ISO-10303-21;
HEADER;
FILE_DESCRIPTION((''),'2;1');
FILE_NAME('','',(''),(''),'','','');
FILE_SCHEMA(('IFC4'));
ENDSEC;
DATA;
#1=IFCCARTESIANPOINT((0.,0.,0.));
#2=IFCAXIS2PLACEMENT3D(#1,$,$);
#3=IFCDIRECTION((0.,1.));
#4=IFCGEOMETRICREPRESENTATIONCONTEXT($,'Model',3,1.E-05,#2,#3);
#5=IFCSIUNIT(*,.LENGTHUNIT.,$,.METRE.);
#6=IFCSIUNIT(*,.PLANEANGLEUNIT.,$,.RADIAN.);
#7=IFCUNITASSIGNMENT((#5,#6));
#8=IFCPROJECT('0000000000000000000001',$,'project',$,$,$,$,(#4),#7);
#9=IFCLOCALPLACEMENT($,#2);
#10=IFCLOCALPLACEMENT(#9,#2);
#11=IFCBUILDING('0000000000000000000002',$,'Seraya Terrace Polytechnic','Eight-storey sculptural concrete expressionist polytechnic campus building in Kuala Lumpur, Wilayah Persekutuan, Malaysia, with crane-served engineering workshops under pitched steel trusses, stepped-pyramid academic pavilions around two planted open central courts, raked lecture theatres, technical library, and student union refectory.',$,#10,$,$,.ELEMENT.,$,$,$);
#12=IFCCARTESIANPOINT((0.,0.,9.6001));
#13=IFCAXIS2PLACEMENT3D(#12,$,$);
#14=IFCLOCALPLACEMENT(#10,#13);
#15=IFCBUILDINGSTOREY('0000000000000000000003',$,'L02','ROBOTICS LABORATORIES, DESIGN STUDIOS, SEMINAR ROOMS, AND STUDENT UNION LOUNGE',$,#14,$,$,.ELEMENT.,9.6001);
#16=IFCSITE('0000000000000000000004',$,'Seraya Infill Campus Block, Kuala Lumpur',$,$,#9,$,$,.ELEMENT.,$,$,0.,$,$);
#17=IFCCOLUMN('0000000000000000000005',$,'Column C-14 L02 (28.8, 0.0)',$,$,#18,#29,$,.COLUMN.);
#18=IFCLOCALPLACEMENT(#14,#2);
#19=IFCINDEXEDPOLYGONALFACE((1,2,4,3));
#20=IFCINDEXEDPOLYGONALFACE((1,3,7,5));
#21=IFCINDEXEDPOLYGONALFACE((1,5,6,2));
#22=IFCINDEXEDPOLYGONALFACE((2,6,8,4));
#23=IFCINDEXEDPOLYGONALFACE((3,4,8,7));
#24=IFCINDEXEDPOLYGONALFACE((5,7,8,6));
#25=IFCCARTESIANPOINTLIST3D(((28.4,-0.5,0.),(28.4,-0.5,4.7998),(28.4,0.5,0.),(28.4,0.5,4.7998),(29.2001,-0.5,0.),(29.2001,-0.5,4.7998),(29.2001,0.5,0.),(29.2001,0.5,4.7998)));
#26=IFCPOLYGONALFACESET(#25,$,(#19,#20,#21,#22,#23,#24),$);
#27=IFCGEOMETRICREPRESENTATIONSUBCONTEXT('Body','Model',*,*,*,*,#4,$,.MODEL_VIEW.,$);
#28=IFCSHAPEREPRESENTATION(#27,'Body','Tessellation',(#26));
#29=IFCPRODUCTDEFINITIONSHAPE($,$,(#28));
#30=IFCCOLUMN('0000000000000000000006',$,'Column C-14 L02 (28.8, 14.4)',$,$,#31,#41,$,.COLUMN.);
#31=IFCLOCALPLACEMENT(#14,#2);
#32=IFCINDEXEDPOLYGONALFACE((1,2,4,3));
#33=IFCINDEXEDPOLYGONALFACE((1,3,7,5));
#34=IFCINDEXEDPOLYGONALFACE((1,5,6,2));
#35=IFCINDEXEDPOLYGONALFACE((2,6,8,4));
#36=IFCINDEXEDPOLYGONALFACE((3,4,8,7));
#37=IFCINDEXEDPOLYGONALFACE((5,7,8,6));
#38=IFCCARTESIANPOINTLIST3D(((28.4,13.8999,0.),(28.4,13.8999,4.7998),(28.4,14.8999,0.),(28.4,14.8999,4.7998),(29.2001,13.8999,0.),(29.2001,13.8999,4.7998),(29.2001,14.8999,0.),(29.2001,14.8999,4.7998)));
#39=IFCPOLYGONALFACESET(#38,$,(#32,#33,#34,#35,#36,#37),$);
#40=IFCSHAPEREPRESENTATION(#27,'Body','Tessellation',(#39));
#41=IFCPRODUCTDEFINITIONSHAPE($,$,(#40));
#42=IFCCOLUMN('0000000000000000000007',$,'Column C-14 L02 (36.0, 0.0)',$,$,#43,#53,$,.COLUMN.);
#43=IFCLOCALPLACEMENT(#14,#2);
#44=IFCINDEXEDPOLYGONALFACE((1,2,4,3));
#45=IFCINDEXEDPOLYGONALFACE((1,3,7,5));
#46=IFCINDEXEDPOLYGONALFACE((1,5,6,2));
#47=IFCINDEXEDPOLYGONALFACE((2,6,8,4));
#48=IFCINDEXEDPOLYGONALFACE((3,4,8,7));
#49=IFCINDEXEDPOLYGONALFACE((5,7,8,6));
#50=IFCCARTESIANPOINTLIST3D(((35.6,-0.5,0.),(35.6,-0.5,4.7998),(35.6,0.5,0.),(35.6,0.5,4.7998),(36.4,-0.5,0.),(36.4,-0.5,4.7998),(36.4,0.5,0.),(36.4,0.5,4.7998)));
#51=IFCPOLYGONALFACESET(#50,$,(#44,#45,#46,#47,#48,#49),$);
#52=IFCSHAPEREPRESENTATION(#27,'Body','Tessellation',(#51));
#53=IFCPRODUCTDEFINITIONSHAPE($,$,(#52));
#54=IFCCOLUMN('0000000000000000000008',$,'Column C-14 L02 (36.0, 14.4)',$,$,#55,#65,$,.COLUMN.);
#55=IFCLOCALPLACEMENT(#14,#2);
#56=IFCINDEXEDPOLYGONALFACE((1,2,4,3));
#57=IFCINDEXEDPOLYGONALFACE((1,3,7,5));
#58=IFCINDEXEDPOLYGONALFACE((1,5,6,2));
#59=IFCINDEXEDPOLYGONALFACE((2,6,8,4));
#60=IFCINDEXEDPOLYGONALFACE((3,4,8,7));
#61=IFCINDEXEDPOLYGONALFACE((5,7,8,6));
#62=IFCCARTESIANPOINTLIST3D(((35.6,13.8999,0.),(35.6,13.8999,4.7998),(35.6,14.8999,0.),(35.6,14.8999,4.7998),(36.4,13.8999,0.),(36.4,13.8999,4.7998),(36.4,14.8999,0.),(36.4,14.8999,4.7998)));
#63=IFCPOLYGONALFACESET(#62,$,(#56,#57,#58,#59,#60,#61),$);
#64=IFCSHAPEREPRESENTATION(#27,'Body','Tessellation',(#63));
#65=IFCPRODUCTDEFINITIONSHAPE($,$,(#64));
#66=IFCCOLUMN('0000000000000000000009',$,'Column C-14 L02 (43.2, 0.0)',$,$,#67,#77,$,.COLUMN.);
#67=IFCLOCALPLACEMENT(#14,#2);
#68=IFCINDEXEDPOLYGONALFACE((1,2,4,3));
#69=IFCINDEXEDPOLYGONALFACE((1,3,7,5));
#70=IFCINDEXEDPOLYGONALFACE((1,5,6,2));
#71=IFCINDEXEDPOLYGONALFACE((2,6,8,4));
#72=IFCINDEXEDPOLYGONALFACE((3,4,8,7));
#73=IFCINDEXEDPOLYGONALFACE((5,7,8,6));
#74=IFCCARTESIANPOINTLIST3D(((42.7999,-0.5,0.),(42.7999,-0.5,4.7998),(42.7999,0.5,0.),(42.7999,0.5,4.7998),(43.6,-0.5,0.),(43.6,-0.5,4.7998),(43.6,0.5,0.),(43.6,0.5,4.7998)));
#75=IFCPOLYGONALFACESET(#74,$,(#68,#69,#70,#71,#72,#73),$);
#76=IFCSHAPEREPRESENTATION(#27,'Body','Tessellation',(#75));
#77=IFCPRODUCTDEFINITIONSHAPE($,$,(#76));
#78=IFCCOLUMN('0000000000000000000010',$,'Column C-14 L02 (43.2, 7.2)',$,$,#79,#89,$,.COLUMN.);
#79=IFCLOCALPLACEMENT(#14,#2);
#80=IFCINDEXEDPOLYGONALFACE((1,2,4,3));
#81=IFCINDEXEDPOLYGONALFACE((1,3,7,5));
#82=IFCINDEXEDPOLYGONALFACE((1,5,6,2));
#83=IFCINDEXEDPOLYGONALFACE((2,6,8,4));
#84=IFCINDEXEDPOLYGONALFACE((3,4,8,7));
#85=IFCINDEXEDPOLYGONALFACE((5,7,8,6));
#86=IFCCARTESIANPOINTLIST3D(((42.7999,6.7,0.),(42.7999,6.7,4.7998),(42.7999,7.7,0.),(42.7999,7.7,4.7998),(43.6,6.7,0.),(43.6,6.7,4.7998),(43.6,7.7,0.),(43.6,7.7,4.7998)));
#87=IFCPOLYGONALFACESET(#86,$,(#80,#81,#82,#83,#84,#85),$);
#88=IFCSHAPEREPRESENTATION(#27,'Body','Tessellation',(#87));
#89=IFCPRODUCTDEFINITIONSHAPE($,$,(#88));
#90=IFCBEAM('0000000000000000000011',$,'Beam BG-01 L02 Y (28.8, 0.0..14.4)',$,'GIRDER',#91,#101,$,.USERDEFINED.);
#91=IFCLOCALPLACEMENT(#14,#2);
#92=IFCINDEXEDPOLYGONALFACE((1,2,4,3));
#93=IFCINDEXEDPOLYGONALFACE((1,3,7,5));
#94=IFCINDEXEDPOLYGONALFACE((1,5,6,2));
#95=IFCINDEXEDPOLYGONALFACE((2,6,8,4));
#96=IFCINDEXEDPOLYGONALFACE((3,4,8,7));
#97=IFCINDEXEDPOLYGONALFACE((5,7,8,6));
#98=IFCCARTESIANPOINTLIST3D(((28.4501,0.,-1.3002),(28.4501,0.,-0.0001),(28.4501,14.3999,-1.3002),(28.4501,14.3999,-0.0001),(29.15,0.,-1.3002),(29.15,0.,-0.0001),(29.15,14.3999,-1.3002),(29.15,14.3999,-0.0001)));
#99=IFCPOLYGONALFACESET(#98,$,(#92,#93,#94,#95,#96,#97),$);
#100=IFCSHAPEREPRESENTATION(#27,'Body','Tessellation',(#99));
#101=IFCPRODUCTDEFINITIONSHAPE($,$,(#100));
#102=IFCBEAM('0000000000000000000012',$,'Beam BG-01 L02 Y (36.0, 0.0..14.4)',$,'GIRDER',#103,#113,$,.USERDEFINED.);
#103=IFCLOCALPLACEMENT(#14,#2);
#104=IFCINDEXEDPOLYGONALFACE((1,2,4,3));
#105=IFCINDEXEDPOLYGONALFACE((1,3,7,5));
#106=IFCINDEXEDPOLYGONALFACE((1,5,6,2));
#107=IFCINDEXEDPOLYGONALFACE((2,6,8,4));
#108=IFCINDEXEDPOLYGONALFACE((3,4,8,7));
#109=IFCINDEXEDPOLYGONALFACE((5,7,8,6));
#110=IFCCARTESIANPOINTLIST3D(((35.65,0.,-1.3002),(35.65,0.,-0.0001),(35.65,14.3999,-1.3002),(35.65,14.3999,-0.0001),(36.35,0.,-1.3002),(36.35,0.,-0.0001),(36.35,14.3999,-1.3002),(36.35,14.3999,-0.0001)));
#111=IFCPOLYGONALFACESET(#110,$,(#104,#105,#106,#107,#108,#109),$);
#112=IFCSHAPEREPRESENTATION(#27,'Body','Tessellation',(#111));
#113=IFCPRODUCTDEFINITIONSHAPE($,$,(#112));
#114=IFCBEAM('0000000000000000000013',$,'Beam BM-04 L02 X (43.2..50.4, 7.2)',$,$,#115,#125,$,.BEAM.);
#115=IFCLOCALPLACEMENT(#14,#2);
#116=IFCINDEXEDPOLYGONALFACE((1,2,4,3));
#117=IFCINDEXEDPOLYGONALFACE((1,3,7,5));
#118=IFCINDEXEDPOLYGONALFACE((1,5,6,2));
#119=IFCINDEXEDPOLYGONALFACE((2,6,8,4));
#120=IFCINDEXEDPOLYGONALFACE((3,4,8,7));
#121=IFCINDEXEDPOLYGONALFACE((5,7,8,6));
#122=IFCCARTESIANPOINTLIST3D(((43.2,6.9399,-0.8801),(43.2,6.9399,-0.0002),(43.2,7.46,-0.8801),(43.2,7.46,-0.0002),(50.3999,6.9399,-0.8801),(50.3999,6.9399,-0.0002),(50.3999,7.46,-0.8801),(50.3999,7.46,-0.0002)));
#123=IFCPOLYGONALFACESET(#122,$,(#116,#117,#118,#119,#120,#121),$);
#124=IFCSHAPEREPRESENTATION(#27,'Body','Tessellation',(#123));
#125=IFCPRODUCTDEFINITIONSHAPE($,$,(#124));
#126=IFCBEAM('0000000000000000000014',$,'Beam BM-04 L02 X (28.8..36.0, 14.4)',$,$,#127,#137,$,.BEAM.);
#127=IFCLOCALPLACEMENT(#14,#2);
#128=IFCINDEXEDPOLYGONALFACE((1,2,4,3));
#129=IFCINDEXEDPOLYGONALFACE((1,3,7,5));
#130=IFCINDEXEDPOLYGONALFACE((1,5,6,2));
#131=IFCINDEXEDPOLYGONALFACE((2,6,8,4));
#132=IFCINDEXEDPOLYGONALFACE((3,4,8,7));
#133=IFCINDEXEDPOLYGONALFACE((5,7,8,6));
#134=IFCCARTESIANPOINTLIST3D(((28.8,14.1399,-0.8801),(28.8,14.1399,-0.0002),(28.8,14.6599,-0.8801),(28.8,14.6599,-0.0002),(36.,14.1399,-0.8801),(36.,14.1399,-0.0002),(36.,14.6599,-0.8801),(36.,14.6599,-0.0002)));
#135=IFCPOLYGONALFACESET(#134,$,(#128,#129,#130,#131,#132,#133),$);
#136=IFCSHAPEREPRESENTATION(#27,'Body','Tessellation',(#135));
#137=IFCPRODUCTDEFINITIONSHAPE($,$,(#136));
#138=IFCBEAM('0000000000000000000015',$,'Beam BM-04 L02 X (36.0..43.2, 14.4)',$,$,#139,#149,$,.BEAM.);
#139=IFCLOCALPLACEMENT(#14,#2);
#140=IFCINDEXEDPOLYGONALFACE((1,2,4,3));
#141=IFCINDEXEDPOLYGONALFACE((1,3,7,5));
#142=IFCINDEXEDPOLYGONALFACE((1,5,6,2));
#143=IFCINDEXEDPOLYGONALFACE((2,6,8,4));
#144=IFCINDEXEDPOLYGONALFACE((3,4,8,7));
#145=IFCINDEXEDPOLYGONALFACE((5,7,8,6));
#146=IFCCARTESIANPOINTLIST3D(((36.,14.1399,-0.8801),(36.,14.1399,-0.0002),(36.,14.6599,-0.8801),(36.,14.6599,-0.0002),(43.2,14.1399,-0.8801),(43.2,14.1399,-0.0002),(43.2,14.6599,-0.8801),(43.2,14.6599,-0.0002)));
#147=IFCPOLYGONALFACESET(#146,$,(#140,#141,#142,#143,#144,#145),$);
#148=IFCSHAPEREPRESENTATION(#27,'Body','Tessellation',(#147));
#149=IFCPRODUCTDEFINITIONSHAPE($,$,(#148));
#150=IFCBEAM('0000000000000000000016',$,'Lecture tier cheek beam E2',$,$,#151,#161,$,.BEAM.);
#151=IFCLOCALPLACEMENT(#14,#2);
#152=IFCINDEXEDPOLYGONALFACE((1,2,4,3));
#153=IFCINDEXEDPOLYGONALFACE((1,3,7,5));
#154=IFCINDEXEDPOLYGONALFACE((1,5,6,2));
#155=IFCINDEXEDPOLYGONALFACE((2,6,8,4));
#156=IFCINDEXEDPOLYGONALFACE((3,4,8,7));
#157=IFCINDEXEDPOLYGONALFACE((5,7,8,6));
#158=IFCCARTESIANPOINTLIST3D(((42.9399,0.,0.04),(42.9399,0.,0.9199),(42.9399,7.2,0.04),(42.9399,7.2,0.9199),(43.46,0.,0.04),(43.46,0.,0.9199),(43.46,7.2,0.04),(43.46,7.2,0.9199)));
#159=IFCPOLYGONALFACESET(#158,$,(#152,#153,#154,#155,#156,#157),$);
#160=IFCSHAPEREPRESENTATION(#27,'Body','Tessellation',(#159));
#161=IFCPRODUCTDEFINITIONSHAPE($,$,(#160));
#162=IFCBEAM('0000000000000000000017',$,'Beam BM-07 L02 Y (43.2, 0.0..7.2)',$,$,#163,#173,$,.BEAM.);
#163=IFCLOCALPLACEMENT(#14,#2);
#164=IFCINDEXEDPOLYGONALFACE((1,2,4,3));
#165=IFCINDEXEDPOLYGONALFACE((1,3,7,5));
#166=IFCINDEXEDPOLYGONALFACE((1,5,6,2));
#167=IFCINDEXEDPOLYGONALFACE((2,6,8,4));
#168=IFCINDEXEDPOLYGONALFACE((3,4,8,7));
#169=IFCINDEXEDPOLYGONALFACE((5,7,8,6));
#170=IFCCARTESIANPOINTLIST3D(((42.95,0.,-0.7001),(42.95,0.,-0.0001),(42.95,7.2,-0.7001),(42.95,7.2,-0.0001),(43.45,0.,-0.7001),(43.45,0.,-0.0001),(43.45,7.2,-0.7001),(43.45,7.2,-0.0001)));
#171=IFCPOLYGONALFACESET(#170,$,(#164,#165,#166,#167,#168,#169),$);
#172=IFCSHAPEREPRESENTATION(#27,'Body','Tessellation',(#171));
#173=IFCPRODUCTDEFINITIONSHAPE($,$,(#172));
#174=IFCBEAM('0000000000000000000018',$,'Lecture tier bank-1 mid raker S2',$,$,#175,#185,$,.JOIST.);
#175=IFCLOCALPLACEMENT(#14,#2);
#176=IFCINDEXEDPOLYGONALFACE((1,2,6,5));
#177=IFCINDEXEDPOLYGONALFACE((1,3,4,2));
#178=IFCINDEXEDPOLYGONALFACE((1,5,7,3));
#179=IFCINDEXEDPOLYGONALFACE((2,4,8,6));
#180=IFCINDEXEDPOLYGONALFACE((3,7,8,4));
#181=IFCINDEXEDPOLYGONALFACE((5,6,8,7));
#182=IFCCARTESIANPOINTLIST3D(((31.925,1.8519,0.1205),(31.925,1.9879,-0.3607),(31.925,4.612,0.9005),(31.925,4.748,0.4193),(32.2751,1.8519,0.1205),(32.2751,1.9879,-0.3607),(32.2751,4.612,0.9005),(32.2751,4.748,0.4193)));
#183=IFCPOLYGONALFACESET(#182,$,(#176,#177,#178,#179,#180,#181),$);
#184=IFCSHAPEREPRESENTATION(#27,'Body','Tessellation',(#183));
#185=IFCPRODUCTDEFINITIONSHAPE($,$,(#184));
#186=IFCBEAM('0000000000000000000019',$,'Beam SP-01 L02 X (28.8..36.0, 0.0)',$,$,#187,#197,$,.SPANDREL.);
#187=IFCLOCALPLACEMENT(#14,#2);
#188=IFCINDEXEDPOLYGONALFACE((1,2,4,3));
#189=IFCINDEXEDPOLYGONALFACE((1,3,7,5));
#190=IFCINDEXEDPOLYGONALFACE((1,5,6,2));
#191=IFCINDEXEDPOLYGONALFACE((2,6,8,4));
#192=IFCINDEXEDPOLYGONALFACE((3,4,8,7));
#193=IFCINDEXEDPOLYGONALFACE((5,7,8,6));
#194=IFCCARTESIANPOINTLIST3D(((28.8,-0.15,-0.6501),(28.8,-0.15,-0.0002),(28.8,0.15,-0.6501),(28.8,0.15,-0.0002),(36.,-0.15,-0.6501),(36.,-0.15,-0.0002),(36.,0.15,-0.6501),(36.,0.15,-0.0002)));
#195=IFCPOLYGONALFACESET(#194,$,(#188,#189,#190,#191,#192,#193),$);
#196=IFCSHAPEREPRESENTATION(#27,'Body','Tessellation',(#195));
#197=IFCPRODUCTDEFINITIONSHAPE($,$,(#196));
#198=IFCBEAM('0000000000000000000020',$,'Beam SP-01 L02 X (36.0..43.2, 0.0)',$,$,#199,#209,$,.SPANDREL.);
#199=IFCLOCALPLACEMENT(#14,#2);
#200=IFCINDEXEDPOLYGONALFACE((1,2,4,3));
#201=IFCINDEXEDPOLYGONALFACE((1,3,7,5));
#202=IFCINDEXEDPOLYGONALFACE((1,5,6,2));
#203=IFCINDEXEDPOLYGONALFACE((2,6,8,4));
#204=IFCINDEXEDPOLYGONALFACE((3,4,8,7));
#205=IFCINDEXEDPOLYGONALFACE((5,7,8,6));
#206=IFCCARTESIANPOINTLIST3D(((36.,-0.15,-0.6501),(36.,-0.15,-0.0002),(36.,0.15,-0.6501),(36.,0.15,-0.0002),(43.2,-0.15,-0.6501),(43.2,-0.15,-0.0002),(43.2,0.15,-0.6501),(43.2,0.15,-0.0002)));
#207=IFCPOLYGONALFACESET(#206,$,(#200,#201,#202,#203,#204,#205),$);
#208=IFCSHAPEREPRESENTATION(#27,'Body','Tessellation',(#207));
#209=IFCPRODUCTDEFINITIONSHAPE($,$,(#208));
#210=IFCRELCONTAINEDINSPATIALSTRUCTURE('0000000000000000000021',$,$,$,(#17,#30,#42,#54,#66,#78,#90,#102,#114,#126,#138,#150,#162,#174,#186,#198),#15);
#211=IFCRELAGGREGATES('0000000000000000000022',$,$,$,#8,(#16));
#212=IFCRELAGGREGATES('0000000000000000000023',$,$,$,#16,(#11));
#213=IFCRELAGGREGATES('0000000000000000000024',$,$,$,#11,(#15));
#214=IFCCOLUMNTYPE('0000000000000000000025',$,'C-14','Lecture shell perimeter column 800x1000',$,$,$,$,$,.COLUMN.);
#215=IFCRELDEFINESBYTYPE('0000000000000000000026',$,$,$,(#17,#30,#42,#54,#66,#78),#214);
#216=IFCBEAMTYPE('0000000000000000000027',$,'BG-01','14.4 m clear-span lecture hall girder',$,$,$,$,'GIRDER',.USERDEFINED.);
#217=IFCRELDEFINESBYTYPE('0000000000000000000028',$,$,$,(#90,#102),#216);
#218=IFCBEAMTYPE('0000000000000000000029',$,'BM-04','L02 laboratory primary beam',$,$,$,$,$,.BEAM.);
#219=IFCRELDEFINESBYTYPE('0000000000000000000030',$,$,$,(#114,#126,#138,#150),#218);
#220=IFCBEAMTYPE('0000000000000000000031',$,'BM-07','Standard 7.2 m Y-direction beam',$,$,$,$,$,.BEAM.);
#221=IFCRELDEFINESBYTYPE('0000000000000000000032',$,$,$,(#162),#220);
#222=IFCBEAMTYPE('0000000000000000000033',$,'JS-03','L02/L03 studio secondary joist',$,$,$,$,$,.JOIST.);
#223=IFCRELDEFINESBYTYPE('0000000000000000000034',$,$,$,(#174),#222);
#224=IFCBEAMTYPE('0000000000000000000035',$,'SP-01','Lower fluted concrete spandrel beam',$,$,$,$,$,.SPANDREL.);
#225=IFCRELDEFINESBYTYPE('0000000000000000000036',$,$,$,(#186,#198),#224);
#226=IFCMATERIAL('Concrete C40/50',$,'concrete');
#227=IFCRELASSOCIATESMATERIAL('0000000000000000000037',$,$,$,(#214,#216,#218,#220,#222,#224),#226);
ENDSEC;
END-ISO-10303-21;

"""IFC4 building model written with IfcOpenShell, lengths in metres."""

from ifc_helpers import new_model, si_unit, direction, frame, origin, origin_2d, place, context, subcontext, project, spatial, rectangle, extrude, material, material_profile, profile_set, type_object, element, save


model = new_model("IFC4")

# Units and contexts
model_context = context("Model", 3, precision=1e-05, world=origin(), true_north=direction((0.0, 1.0)))
body_context = subcontext(model_context, "Body", "Model", "MODEL_VIEW")
ifc_project = project(units=[si_unit("LENGTHUNIT", "METRE"), si_unit("PLANEANGLEUNIT", "RADIAN")], contexts=[model_context])

# Site, building, storey
site_placement = place(None, origin())
site = spatial("IfcSite", under=ifc_project, at=site_placement, Name="Seraya Infill Campus Block, Kuala Lumpur", CompositionType="ELEMENT", RefElevation=0.0)
building_placement = place(site_placement, origin())
building = spatial("IfcBuilding", under=site, at=building_placement, Name="Seraya Terrace Polytechnic", Description="Eight-storey sculptural concrete expressionist polytechnic campus building in Kuala Lumpur, Wilayah Persekutuan, Malaysia, with crane-served engineering workshops under pitched steel trusses, stepped-pyramid academic pavilions around two planted open central courts, raked lecture theatres, technical library, and student union refectory.", CompositionType="ELEMENT")
storey_placement = place(building_placement, frame((0.0, 0.0, 9.6001)))
storey = spatial("IfcBuildingStorey", under=building, at=storey_placement, Name="L02", Description="ROBOTICS LABORATORIES, DESIGN STUDIOS, SEMINAR ROOMS, AND STUDENT UNION LOUNGE", CompositionType="ELEMENT", Elevation=9.6001)

# Columns
ifc_material_1 = material(Name="Concrete C40/50", Category="concrete")
ifc_material_profile_1 = material_profile(ifc_material_1, rectangle(XDim=0.8, YDim=1.0, at=origin_2d()), Name="RC 800x1000")
ifc_profile_set_1 = profile_set([ifc_material_profile_1], Name="Concrete C40/50")
column_type = type_object("IfcColumnType", Name="C-14", Description="Lecture shell perimeter column 800x1000", PredefinedType="COLUMN", material=ifc_profile_set_1)
for number, where, z_axis, x_axis, name in (
    (1, (28.8, 0.0, 0.0), (0.0, 0.0, 1.0), (1.0, 0.0, 0.0), "Column C-14 L02 (28.8, 0.0)"),
    (2, (28.8, 14.3999, 0.0), (0.0, 0.0, 1.0), (1.0, 0.0, 0.0), "Column C-14 L02 (28.8, 14.4)"),
    (3, (36.0, 0.0, 0.0), (0.0, 0.0, 1.0), (1.0, 0.0, 0.0), "Column C-14 L02 (36.0, 0.0)"),
    (4, (36.0, 14.3999, 0.0), (0.0, 0.0, 1.0), (1.0, 0.0, 0.0), "Column C-14 L02 (36.0, 14.4)"),
    (5, (43.2, 0.0, 0.0), (0.0, 0.0, 1.0), (1.0, 0.0, 0.0), "Column C-14 L02 (43.2, 0.0)"),
    (6, (43.2, 7.2, 0.0), (0.0, 0.0, 1.0), (1.0, 0.0, 0.0), "Column C-14 L02 (43.2, 7.2)"),
):
    element("IfcColumn", number, at=place(storey_placement, frame(where, z_axis=z_axis, x_axis=x_axis)), inside=storey, type_object=column_type, Name=name, PredefinedType="COLUMN", context=body_context, shape_type="SweptSolid", body=[
        extrude(rectangle(XDim=0.8, YDim=1.0, at=origin_2d()), origin(), (0.0, 0.0, 1.0), 4.7998),
    ])

# Beams
ifc_material_profile_2 = material_profile(ifc_material_1, rectangle(XDim=0.7, YDim=1.3, at=origin_2d()), Name="RC 700x1300")
ifc_profile_set_2 = profile_set([ifc_material_profile_2], Name="Concrete C40/50")
beam_type_1 = type_object("IfcBeamType", Name="BG-01", Description="14.4 m clear-span lecture hall girder", ElementType="GIRDER", PredefinedType="USERDEFINED", material=ifc_profile_set_2)
for number, where, z_axis, x_axis, name in (
    (7, (28.8, 0.0, -0.6501), (0.0, 1.0, 0.0), (-1.0, 0.0, 0.0), "Beam BG-01 L02 Y (28.8, 0.0..14.4)"),
    (8, (36.0, 0.0, -0.6501), (0.0, 1.0, 0.0), (-1.0, 0.0, 0.0), "Beam BG-01 L02 Y (36.0, 0.0..14.4)"),
):
    element("IfcBeam", number, at=place(storey_placement, frame(where, z_axis=z_axis, x_axis=x_axis)), inside=storey, type_object=beam_type_1, Name=name, ObjectType="GIRDER", PredefinedType="USERDEFINED", context=body_context, shape_type="SweptSolid", body=[
        extrude(rectangle(XDim=0.7, YDim=1.3, at=origin_2d()), origin(), (0.0, 0.0, 1.0), 14.3999),
    ])
ifc_material_profile_3 = material_profile(ifc_material_1, rectangle(XDim=0.52, YDim=0.8799, at=origin_2d()), Name="RC 520x880")
ifc_profile_set_3 = profile_set([ifc_material_profile_3], Name="Concrete C40/50")
beam_type_2 = type_object("IfcBeamType", Name="BM-04", Description="L02 laboratory primary beam", PredefinedType="BEAM", material=ifc_profile_set_3)
for number, where, z_axis, x_axis, name in (
    (9, (43.2, 7.2, -0.4402), (1.0, 0.0, 0.0), (0.0, 1.0, 0.0), "Beam BM-04 L02 X (43.2..50.4, 7.2)"),
    (10, (28.8, 14.3999, -0.4402), (1.0, 0.0, 0.0), (0.0, 1.0, 0.0), "Beam BM-04 L02 X (28.8..36.0, 14.4)"),
    (11, (36.0, 14.3999, -0.4402), (1.0, 0.0, 0.0), (0.0, 1.0, 0.0), "Beam BM-04 L02 X (36.0..43.2, 14.4)"),
    (12, (43.2, 0.0, 0.48), (0.0, 1.0, 0.0), (-1.0, 0.0, 0.0), "Lecture tier cheek beam E2"),
):
    element("IfcBeam", number, at=place(storey_placement, frame(where, z_axis=z_axis, x_axis=x_axis)), inside=storey, type_object=beam_type_2, Name=name, PredefinedType="BEAM", context=body_context, shape_type="SweptSolid", body=[
        extrude(rectangle(XDim=0.52, YDim=0.8799, at=origin_2d()), origin(), (0.0, 0.0, 1.0), 7.2),
    ])
ifc_material_profile_4 = material_profile(ifc_material_1, rectangle(XDim=0.5, YDim=0.7, at=origin_2d()), Name="RC 500x700")
ifc_profile_set_4 = profile_set([ifc_material_profile_4], Name="Concrete C40/50")
beam_type_3 = type_object("IfcBeamType", Name="BM-07", Description="Standard 7.2 m Y-direction beam", PredefinedType="BEAM", material=ifc_profile_set_4)
beam_1_placement = place(storey_placement, frame((43.2, 0.0, -0.3501), z_axis=(0.0, 1.0, 0.0), x_axis=(-1.0, 0.0, 0.0)))
element("IfcBeam", 13, at=beam_1_placement, inside=storey, type_object=beam_type_3, Name="Beam BM-07 L02 Y (43.2, 0.0..7.2)", PredefinedType="BEAM", context=body_context, shape_type="SweptSolid", body=[
    extrude(rectangle(XDim=0.5, YDim=0.7, at=origin_2d()), origin(), (0.0, 0.0, 1.0), 7.2),
])
ifc_material_profile_5 = material_profile(ifc_material_1, rectangle(XDim=0.3501, YDim=0.5, at=origin_2d()), Name="RC 350x500")
ifc_profile_set_5 = profile_set([ifc_material_profile_5], Name="Concrete C40/50")
beam_type_4 = type_object("IfcBeamType", Name="JS-03", Description="L02/L03 studio secondary joist", PredefinedType="JOIST", material=ifc_profile_set_5)
beam_2_placement = place(storey_placement, frame((32.1001, 1.9199, -0.1201), z_axis=(0.0, 0.962307, 0.271966), x_axis=(-1.0, 0.0, 0.0)))
element("IfcBeam", 14, at=beam_2_placement, inside=storey, type_object=beam_type_4, Name="Lecture tier bank-1 mid raker S2", PredefinedType="JOIST", context=body_context, shape_type="SweptSolid", body=[
    extrude(rectangle(XDim=0.3501, YDim=0.5, at=origin_2d()), origin(), (0.0, 0.0, 1.0), 2.8682),
])
ifc_material_profile_6 = material_profile(ifc_material_1, rectangle(XDim=0.3, YDim=0.6499, at=origin_2d()), Name="RC 300x650")
ifc_profile_set_6 = profile_set([ifc_material_profile_6], Name="Concrete C40/50")
beam_type_5 = type_object("IfcBeamType", Name="SP-01", Description="Lower fluted concrete spandrel beam", PredefinedType="SPANDREL", material=ifc_profile_set_6)
for number, where, z_axis, x_axis, name in (
    (15, (28.8, 0.0, -0.3252), (1.0, 0.0, 0.0), (0.0, 1.0, 0.0), "Beam SP-01 L02 X (28.8..36.0, 0.0)"),
    (16, (36.0, 0.0, -0.3252), (1.0, 0.0, 0.0), (0.0, 1.0, 0.0), "Beam SP-01 L02 X (36.0..43.2, 0.0)"),
):
    element("IfcBeam", number, at=place(storey_placement, frame(where, z_axis=z_axis, x_axis=x_axis)), inside=storey, type_object=beam_type_5, Name=name, PredefinedType="SPANDREL", context=body_context, shape_type="SweptSolid", body=[
        extrude(rectangle(XDim=0.3, YDim=0.6499, at=origin_2d()), origin(), (0.0, 0.0, 1.0), 7.2),
    ])

save(model, "model.ifc")
